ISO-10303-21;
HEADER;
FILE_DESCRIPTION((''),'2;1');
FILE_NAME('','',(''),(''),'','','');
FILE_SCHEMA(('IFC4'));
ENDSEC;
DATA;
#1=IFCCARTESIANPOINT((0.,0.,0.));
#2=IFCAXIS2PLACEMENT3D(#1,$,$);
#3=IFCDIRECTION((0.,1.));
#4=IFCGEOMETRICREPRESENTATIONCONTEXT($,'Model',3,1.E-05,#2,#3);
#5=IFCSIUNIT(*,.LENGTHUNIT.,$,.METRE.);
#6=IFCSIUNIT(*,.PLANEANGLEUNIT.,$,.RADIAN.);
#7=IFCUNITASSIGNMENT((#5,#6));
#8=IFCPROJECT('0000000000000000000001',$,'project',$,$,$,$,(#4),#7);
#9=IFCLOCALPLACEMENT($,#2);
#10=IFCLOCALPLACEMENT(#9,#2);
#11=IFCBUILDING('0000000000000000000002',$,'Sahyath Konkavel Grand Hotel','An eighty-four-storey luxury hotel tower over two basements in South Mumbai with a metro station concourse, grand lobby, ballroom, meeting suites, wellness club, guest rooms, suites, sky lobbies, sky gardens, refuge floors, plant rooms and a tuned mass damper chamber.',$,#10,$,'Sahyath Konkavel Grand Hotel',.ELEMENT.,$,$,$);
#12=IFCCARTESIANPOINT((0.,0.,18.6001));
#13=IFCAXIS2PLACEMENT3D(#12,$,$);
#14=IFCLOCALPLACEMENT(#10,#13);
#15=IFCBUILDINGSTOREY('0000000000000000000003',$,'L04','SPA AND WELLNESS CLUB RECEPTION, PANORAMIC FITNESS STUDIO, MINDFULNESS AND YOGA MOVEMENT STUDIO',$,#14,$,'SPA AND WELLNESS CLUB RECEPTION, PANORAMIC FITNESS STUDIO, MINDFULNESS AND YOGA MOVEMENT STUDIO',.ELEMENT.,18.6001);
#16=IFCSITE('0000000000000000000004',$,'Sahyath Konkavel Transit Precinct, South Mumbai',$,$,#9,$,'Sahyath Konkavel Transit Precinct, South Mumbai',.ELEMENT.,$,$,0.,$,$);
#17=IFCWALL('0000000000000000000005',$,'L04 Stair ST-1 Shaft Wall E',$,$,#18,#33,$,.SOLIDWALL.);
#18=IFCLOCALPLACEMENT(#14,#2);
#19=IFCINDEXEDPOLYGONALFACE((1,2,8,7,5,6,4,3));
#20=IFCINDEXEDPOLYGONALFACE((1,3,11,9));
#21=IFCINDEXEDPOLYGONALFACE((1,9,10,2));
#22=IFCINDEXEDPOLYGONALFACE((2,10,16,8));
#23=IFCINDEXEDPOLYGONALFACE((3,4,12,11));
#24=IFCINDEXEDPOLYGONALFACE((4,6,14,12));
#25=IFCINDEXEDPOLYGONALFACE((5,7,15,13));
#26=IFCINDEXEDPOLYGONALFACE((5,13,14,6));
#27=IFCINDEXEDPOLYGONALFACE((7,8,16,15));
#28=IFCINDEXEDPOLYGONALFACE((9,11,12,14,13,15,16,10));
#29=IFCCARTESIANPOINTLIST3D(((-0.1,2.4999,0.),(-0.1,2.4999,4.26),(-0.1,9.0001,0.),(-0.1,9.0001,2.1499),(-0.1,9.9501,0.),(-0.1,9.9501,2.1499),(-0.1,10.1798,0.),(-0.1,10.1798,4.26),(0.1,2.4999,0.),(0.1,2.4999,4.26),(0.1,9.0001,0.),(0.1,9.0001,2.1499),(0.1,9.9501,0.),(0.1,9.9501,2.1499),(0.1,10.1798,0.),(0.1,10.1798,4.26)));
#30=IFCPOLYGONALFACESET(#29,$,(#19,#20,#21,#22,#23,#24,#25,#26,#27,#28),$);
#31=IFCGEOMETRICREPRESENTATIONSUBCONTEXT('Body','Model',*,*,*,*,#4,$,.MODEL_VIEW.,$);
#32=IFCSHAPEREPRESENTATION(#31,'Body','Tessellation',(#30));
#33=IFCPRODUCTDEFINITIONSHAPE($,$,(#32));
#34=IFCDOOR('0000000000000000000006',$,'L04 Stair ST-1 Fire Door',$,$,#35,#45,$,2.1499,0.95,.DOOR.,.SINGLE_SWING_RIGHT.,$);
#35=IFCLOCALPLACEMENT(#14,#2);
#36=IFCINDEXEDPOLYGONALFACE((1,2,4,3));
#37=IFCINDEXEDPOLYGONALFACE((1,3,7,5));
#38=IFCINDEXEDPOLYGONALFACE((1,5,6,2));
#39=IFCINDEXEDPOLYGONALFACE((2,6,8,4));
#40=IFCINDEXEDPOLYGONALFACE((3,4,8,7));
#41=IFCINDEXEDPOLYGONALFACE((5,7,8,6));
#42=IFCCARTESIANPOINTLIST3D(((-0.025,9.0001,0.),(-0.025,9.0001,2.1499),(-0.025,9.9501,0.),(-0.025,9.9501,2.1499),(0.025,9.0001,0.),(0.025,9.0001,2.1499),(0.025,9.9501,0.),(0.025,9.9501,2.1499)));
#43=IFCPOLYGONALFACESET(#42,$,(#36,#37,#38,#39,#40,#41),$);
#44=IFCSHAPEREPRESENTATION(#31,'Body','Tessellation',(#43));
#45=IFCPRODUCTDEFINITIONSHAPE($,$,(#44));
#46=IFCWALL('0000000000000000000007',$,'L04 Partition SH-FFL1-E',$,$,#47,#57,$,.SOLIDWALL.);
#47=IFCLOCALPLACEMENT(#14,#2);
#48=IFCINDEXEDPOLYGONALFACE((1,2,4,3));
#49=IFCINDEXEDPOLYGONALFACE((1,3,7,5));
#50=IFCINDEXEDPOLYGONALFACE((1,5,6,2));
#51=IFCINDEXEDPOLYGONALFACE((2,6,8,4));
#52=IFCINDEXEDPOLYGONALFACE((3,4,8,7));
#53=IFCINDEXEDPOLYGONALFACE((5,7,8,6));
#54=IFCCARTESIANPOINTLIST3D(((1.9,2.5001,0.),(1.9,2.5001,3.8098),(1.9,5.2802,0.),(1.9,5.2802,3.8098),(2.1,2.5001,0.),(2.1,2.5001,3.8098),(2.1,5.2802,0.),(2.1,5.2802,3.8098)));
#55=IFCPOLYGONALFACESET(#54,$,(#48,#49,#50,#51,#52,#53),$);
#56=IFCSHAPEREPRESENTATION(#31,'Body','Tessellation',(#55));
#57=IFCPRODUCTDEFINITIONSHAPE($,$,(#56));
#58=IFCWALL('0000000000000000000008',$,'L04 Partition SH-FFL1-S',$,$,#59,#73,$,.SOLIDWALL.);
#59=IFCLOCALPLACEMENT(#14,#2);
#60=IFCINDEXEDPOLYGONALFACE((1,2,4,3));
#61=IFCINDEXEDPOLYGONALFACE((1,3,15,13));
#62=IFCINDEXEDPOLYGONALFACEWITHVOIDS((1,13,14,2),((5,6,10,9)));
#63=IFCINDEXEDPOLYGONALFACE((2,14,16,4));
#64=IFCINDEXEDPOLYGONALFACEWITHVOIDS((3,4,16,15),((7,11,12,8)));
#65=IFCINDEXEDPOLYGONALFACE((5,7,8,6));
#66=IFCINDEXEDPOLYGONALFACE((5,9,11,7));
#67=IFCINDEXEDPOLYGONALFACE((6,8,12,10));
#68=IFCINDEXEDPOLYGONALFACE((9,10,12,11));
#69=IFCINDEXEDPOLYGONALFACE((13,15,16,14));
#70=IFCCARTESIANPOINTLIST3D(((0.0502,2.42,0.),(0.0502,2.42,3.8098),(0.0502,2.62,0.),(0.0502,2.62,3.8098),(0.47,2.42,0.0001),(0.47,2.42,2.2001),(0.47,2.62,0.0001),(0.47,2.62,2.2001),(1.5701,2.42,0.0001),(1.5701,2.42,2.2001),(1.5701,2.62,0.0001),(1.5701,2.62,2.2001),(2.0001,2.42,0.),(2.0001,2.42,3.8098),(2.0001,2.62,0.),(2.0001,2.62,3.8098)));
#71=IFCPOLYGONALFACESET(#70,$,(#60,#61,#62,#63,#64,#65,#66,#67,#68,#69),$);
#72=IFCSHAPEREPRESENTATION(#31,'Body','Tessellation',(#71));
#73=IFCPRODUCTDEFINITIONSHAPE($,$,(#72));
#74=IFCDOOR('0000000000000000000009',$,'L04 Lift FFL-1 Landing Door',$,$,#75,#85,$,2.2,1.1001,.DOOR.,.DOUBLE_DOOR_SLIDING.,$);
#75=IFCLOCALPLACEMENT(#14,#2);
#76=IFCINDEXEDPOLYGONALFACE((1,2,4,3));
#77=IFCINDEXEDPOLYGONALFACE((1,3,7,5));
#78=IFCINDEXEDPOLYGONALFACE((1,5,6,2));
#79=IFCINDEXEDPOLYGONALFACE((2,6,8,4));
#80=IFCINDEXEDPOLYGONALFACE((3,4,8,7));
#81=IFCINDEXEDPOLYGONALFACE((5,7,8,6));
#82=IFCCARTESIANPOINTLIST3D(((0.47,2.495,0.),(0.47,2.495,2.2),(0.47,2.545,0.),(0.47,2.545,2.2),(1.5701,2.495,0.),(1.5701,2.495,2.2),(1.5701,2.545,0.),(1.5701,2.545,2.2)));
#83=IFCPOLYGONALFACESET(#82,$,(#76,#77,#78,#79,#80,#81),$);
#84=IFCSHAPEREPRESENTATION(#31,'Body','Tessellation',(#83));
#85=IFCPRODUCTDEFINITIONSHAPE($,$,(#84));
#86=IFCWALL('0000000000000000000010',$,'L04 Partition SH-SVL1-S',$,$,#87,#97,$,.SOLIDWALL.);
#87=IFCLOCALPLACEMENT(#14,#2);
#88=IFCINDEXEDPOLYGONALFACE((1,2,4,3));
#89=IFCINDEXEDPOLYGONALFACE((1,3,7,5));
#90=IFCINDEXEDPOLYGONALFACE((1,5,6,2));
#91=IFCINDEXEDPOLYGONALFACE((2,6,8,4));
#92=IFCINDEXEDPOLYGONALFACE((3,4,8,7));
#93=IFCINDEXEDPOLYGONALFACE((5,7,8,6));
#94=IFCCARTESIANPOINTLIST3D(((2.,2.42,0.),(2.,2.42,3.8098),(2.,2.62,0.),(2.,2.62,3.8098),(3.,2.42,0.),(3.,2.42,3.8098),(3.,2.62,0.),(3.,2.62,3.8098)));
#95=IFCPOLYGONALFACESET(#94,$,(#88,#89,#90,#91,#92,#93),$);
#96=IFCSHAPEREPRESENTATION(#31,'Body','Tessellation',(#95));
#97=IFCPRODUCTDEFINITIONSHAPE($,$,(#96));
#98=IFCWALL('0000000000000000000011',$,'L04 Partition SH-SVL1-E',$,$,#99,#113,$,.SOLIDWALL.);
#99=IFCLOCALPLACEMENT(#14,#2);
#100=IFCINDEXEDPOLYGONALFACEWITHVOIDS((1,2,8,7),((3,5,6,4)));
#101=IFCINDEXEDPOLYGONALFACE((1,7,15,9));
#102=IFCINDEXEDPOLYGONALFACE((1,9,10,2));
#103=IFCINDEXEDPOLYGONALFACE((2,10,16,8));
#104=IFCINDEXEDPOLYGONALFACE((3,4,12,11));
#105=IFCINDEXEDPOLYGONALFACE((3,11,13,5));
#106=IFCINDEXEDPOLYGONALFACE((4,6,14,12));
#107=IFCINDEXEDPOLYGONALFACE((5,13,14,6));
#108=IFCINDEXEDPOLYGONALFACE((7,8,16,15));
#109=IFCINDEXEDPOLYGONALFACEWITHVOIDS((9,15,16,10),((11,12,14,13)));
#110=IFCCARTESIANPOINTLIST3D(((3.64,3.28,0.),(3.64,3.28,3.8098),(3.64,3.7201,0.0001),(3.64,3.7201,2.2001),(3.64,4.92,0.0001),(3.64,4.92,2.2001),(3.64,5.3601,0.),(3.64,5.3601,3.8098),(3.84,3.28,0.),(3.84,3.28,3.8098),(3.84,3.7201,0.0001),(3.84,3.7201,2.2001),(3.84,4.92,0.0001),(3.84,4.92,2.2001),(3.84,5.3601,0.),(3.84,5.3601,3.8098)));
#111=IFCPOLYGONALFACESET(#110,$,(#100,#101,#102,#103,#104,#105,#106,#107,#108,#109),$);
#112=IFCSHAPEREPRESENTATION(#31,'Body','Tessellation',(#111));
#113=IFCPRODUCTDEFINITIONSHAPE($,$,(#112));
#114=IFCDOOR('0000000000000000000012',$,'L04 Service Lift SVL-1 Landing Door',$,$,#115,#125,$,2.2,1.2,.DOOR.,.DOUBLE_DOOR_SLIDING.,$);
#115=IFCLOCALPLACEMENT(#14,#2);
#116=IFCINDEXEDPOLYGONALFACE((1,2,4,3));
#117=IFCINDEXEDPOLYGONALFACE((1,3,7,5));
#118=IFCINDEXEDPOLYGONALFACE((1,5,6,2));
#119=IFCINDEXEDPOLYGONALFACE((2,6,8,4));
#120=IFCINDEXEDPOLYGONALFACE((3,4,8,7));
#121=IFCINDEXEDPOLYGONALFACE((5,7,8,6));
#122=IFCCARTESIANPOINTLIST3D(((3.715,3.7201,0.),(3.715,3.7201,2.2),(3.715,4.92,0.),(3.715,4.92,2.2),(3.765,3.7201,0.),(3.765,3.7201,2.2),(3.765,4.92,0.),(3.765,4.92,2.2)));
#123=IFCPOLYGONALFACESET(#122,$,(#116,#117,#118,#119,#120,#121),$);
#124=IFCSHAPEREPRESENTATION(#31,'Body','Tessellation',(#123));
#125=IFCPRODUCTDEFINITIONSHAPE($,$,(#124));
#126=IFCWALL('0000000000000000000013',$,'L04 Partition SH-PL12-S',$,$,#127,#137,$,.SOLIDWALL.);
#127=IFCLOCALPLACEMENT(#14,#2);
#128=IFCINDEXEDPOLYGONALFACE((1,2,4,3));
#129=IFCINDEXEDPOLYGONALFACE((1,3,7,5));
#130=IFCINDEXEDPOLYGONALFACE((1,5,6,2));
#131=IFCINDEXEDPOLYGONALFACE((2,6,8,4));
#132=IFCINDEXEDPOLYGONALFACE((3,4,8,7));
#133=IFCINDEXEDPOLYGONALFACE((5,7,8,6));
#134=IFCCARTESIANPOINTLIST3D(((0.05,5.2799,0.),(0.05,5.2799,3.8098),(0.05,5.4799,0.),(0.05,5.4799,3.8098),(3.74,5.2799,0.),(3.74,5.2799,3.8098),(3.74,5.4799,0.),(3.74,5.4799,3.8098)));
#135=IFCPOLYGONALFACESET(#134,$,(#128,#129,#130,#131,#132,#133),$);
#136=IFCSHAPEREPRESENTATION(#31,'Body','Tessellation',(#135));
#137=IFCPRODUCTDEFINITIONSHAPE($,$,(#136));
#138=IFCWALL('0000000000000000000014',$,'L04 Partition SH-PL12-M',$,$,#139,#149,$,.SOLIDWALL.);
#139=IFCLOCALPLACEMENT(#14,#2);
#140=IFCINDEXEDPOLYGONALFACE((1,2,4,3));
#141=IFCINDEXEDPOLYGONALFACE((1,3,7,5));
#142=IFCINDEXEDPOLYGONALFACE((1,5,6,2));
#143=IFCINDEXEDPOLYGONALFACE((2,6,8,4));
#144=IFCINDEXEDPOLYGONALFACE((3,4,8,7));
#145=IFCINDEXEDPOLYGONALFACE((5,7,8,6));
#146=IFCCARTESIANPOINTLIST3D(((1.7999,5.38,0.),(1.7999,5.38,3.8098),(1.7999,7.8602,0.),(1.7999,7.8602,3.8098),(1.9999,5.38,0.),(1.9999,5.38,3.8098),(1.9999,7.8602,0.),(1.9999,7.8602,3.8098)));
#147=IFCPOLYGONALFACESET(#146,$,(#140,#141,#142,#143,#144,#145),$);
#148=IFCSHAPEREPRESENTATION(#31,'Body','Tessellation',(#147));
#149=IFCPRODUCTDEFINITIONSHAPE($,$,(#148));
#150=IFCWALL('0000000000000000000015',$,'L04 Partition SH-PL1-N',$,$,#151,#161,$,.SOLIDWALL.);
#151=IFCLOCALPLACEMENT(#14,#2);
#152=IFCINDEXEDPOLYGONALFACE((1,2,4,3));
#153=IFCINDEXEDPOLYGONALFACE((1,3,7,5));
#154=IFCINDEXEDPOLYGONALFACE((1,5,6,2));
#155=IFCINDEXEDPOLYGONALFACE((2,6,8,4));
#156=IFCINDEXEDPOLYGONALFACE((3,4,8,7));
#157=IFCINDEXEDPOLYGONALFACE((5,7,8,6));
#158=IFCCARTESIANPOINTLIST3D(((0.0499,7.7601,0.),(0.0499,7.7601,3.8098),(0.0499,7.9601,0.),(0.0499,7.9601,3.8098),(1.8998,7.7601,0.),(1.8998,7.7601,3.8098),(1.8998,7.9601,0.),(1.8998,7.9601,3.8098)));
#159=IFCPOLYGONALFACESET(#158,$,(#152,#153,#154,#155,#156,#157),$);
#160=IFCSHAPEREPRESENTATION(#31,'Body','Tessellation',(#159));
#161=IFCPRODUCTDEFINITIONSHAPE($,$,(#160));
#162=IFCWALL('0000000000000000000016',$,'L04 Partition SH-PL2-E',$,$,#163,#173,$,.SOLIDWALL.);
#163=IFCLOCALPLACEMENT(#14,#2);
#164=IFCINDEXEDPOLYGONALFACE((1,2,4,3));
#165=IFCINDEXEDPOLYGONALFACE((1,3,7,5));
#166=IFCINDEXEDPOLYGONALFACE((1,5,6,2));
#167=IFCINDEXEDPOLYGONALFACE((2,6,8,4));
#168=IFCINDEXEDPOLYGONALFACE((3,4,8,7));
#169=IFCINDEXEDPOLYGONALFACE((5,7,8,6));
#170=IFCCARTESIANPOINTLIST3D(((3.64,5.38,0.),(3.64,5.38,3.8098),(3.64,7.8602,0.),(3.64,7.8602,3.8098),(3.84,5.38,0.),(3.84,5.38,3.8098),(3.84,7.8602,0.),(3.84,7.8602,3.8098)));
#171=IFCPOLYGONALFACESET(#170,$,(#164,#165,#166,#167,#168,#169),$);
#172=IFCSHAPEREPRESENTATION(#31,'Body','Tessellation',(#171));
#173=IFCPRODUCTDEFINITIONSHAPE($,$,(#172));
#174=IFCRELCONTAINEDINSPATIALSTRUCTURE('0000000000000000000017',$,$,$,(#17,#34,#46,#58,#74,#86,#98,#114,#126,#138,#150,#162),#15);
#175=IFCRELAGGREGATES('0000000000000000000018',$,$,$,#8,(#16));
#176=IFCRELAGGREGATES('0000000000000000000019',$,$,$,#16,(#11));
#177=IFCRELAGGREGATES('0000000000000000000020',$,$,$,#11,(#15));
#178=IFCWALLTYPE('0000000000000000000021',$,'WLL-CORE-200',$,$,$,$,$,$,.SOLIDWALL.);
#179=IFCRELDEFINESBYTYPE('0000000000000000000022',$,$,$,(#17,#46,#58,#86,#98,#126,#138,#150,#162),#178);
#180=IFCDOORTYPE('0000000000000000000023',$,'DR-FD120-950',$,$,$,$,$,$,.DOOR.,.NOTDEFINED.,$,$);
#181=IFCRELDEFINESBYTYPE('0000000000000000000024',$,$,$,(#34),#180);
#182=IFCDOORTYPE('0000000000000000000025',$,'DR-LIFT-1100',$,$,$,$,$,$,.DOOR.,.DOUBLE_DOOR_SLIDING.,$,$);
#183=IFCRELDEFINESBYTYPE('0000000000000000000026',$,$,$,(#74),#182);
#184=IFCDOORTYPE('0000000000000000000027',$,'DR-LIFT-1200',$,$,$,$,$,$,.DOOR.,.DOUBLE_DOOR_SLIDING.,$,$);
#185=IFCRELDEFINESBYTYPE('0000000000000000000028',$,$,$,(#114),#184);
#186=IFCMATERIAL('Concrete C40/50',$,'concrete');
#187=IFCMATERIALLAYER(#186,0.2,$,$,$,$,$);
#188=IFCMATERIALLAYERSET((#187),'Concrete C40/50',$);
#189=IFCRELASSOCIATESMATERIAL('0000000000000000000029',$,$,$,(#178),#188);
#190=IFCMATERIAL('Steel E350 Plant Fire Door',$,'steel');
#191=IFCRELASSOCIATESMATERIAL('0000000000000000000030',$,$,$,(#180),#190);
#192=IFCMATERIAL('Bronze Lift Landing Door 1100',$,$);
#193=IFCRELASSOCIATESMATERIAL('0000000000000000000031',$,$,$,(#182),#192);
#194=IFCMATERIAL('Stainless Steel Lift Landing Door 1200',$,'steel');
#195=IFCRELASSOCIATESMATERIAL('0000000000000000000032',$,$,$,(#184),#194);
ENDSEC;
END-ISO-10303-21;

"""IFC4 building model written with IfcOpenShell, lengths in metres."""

from ifc_helpers import new_model, si_unit, direction, frame, frame_2d, origin, origin_2d, place, context, subcontext, project, spatial, rectangle, extrude, source, transform, mapped, material, layer, layer_set, type_object, element, fill, save


model = new_model("IFC4")

# Units and contexts
model_context = context("Model", 3, precision=1e-05, world=origin(), true_north=direction((0.0, 1.0)))
body_context = subcontext(model_context, "Body", "Model", "MODEL_VIEW")
ifc_project = project(units=[si_unit("LENGTHUNIT", "METRE"), si_unit("PLANEANGLEUNIT", "RADIAN")], contexts=[model_context])

# Site, building, storey
site_placement = place(None, origin())
site = spatial("IfcSite", under=ifc_project, at=site_placement, Name="Sahyath Konkavel Transit Precinct, South Mumbai", LongName="Sahyath Konkavel Transit Precinct, South Mumbai", CompositionType="ELEMENT", RefElevation=0.0)
building_placement = place(site_placement, origin())
building = spatial("IfcBuilding", under=site, at=building_placement, Name="Sahyath Konkavel Grand Hotel", Description="An eighty-four-storey luxury hotel tower over two basements in South Mumbai with a metro station concourse, grand lobby, ballroom, meeting suites, wellness club, guest rooms, suites, sky lobbies, sky gardens, refuge floors, plant rooms and a tuned mass damper chamber.", LongName="Sahyath Konkavel Grand Hotel", CompositionType="ELEMENT")
storey_placement = place(building_placement, frame((0.0, 0.0, 18.6001)))
storey = spatial("IfcBuildingStorey", under=building, at=storey_placement, Name="L04", Description="SPA AND WELLNESS CLUB RECEPTION, PANORAMIC FITNESS STUDIO, MINDFULNESS AND YOGA MOVEMENT STUDIO", LongName="SPA AND WELLNESS CLUB RECEPTION, PANORAMIC FITNESS STUDIO, MINDFULNESS AND YOGA MOVEMENT STUDIO", CompositionType="ELEMENT", Elevation=18.6001)

# Wall, opening, door
ifc_material_1 = material(Name="Concrete C40/50", Category="concrete")
ifc_layer_1 = layer(ifc_material_1, 0.2)
ifc_layer_set_1 = layer_set([ifc_layer_1], Name="Concrete C40/50")
wall_type = type_object("IfcWallType", Name="WLL-CORE-200", PredefinedType="SOLIDWALL", material=ifc_layer_set_1)
wall_1_placement = place(storey_placement, frame((0.0, 2.5, 0.0), z_axis=(0.0, 0.0, 1.0), x_axis=(0.0, 1.0, 0.0)))
wall_1 = element("IfcWall", 1, at=wall_1_placement, inside=storey, type_object=wall_type, Name="L04 Stair ST-1 Shaft Wall E", PredefinedType="SOLIDWALL", context=body_context, shape_type="SweptSolid", body=[
    extrude(rectangle(XDim=7.6799, YDim=0.2, at=frame_2d((3.8398, 0.0))), origin(), (0.0, 0.0, 1.0), 4.26),
])
opening_1_placement = place(wall_1_placement, frame((6.5, 0.0, 0.0)))
opening_1 = element("IfcOpeningElement", 2, at=opening_1_placement, cuts=wall_1, PredefinedType="OPENING", context=body_context, shape_type="SweptSolid", body=[
    extrude(rectangle(XDim=0.95, YDim=2.1499, at=frame_2d((0.4751, 1.075))), frame((0.0, 0.1099, 0.0), z_axis=(0.0, -1.0, 0.0), x_axis=(1.0, 0.0, 0.0)), (0.0, 0.0, 1.0), 0.22),
])
ifc_material_2 = material(Name="Steel E350 Plant Fire Door", Category="steel")
door_type_1 = type_object("IfcDoorType", Name="DR-FD120-950", OperationType="NOTDEFINED", PredefinedType="DOOR", material=ifc_material_2)
shared_shape_1 = source(origin(), body_context, "Body", "SweptSolid", [
    extrude(rectangle(XDim=0.95, YDim=0.05, at=origin_2d()), origin(), (0.0, 0.0, 1.0), 2.1499),
])
door_1_placement = place(opening_1_placement, frame((0.4751, 0.0, 0.0)))
door_1 = element("IfcDoor", 3, at=door_1_placement, inside=storey, type_object=door_type_1, Name="L04 Stair ST-1 Fire Door", OperationType="SINGLE_SWING_RIGHT", OverallHeight=2.1499, OverallWidth=0.95, PredefinedType="DOOR", context=body_context, shape_type="MappedRepresentation", body=[
    mapped(shared_shape_1, transform((0.0, 0.0, 0.0), scale=1.0)),
])
fill(opening_1, door_1)

# Wall
wall_2_placement = place(storey_placement, frame((2.0, 2.5, 0.0), z_axis=(0.0, 0.0, 1.0), x_axis=(0.0, 1.0, 0.0)))
element("IfcWall", 4, at=wall_2_placement, inside=storey, type_object=wall_type, Name="L04 Partition SH-FFL1-E", PredefinedType="SOLIDWALL", context=body_context, shape_type="SweptSolid", body=[
    extrude(rectangle(XDim=2.78, YDim=0.2, at=frame_2d((1.3901, 0.0))), origin(), (0.0, 0.0, 1.0), 3.8098),
])

# Wall, opening, door
wall_3_placement = place(storey_placement, frame((0.05, 2.52, 0.0), z_axis=(0.0, 0.0, 1.0), x_axis=(1.0, 0.0, 0.0)))
wall_3 = element("IfcWall", 5, at=wall_3_placement, inside=storey, type_object=wall_type, Name="L04 Partition SH-FFL1-S", PredefinedType="SOLIDWALL", context=body_context, shape_type="SweptSolid", body=[
    extrude(rectangle(XDim=1.95, YDim=0.2, at=frame_2d((0.9751, 0.0))), origin(), (0.0, 0.0, 1.0), 3.8098),
])
opening_2_placement = place(wall_3_placement, frame((0.4199, 0.0, 0.0)))
opening_2 = element("IfcOpeningElement", 6, at=opening_2_placement, cuts=wall_3, PredefinedType="OPENING", context=body_context, shape_type="SweptSolid", body=[
    extrude(rectangle(XDim=1.1001, YDim=2.2, at=frame_2d((0.55, 1.1001))), frame((0.0, 0.1099, 0.0), z_axis=(0.0, -1.0, 0.0), x_axis=(1.0, 0.0, 0.0)), (0.0, 0.0, 1.0), 0.22),
])
ifc_material_3 = material(Name="Bronze Lift Landing Door 1100")
door_type_2 = type_object("IfcDoorType", Name="DR-LIFT-1100", OperationType="DOUBLE_DOOR_SLIDING", PredefinedType="DOOR", material=ifc_material_3)
shared_shape_2 = source(origin(), body_context, "Body", "SweptSolid", [
    extrude(rectangle(XDim=1.1001, YDim=0.05, at=origin_2d()), origin(), (0.0, 0.0, 1.0), 2.2),
])
door_2_placement = place(opening_2_placement, frame((0.55, 0.0, 0.0)))
door_2 = element("IfcDoor", 7, at=door_2_placement, inside=storey, type_object=door_type_2, Name="L04 Lift FFL-1 Landing Door", OperationType="DOUBLE_DOOR_SLIDING", OverallHeight=2.2, OverallWidth=1.1001, PredefinedType="DOOR", context=body_context, shape_type="MappedRepresentation", body=[
    mapped(shared_shape_2, transform((0.0, 0.0, 0.0), scale=1.0)),
])
fill(opening_2, door_2)

# Wall
wall_4_placement = place(storey_placement, frame((2.0, 2.52, 0.0), z_axis=(0.0, 0.0, 1.0), x_axis=(1.0, 0.0, 0.0)))
element("IfcWall", 8, at=wall_4_placement, inside=storey, type_object=wall_type, Name="L04 Partition SH-SVL1-S", PredefinedType="SOLIDWALL", context=body_context, shape_type="SweptSolid", body=[
    extrude(rectangle(XDim=1.0, YDim=0.2, at=frame_2d((0.5, 0.0))), origin(), (0.0, 0.0, 1.0), 3.8098),
])

# Wall, opening, door
wall_5_placement = place(storey_placement, frame((3.74, 3.28, 0.0), z_axis=(0.0, 0.0, 1.0), x_axis=(0.0, 1.0, 0.0)))
wall_5 = element("IfcWall", 9, at=wall_5_placement, inside=storey, type_object=wall_type, Name="L04 Partition SH-SVL1-E", PredefinedType="SOLIDWALL", context=body_context, shape_type="SweptSolid", body=[
    extrude(rectangle(XDim=2.0801, YDim=0.2, at=frame_2d((1.04, 0.0))), origin(), (0.0, 0.0, 1.0), 3.8098),
])
opening_3_placement = place(wall_5_placement, frame((0.4399, 0.0, 0.0)))
opening_3 = element("IfcOpeningElement", 10, at=opening_3_placement, cuts=wall_5, PredefinedType="OPENING", context=body_context, shape_type="SweptSolid", body=[
    extrude(rectangle(XDim=1.2, YDim=2.2, at=frame_2d((0.6001, 1.1001))), frame((0.0, 0.1099, 0.0), z_axis=(0.0, -1.0, 0.0), x_axis=(1.0, 0.0, 0.0)), (0.0, 0.0, 1.0), 0.22),
])
ifc_material_4 = material(Name="Stainless Steel Lift Landing Door 1200", Category="steel")
door_type_3 = type_object("IfcDoorType", Name="DR-LIFT-1200", OperationType="DOUBLE_DOOR_SLIDING", PredefinedType="DOOR", material=ifc_material_4)
shared_shape_3 = source(origin(), body_context, "Body", "SweptSolid", [
    extrude(rectangle(XDim=1.2, YDim=0.05, at=origin_2d()), origin(), (0.0, 0.0, 1.0), 2.2),
])
door_3_placement = place(opening_3_placement, frame((0.6001, 0.0, 0.0)))
door_3 = element("IfcDoor", 11, at=door_3_placement, inside=storey, type_object=door_type_3, Name="L04 Service Lift SVL-1 Landing Door", OperationType="DOUBLE_DOOR_SLIDING", OverallHeight=2.2, OverallWidth=1.2, PredefinedType="DOOR", context=body_context, shape_type="MappedRepresentation", body=[
    mapped(shared_shape_3, transform((0.0, 0.0, 0.0), scale=1.0)),
])
fill(opening_3, door_3)

# Walls
wall_6_placement = place(storey_placement, frame((0.05, 5.3799, 0.0), z_axis=(0.0, 0.0, 1.0), x_axis=(1.0, 0.0, 0.0)))
element("IfcWall", 12, at=wall_6_placement, inside=storey, type_object=wall_type, Name="L04 Partition SH-PL12-S", PredefinedType="SOLIDWALL", context=body_context, shape_type="SweptSolid", body=[
    extrude(rectangle(XDim=3.6899, YDim=0.2, at=frame_2d((1.845, 0.0))), origin(), (0.0, 0.0, 1.0), 3.8098),
])
wall_7_placement = place(storey_placement, frame((1.8999, 5.3799, 0.0), z_axis=(0.0, 0.0, 1.0), x_axis=(0.0, 1.0, 0.0)))
element("IfcWall", 13, at=wall_7_placement, inside=storey, type_object=wall_type, Name="L04 Partition SH-PL12-M", PredefinedType="SOLIDWALL", context=body_context, shape_type="SweptSolid", body=[
    extrude(rectangle(XDim=2.4802, YDim=0.2, at=frame_2d((1.2402, 0.0))), origin(), (0.0, 0.0, 1.0), 3.8098),
])
wall_8_placement = place(storey_placement, frame((0.05, 7.8601, 0.0), z_axis=(0.0, 0.0, 1.0), x_axis=(1.0, 0.0, 0.0)))
element("IfcWall", 14, at=wall_8_placement, inside=storey, type_object=wall_type, Name="L04 Partition SH-PL1-N", PredefinedType="SOLIDWALL", context=body_context, shape_type="SweptSolid", body=[
    extrude(rectangle(XDim=1.8499, YDim=0.2, at=frame_2d((0.9248, 0.0))), origin(), (0.0, 0.0, 1.0), 3.8098),
])
wall_9_placement = place(storey_placement, frame((3.74, 5.3799, 0.0), z_axis=(0.0, 0.0, 1.0), x_axis=(0.0, 1.0, 0.0)))
element("IfcWall", 15, at=wall_9_placement, inside=storey, type_object=wall_type, Name="L04 Partition SH-PL2-E", PredefinedType="SOLIDWALL", context=body_context, shape_type="SweptSolid", body=[
    extrude(rectangle(XDim=2.4802, YDim=0.2, at=frame_2d((1.2402, 0.0))), origin(), (0.0, 0.0, 1.0), 3.8098),
])

save(model, "model.ifc")
